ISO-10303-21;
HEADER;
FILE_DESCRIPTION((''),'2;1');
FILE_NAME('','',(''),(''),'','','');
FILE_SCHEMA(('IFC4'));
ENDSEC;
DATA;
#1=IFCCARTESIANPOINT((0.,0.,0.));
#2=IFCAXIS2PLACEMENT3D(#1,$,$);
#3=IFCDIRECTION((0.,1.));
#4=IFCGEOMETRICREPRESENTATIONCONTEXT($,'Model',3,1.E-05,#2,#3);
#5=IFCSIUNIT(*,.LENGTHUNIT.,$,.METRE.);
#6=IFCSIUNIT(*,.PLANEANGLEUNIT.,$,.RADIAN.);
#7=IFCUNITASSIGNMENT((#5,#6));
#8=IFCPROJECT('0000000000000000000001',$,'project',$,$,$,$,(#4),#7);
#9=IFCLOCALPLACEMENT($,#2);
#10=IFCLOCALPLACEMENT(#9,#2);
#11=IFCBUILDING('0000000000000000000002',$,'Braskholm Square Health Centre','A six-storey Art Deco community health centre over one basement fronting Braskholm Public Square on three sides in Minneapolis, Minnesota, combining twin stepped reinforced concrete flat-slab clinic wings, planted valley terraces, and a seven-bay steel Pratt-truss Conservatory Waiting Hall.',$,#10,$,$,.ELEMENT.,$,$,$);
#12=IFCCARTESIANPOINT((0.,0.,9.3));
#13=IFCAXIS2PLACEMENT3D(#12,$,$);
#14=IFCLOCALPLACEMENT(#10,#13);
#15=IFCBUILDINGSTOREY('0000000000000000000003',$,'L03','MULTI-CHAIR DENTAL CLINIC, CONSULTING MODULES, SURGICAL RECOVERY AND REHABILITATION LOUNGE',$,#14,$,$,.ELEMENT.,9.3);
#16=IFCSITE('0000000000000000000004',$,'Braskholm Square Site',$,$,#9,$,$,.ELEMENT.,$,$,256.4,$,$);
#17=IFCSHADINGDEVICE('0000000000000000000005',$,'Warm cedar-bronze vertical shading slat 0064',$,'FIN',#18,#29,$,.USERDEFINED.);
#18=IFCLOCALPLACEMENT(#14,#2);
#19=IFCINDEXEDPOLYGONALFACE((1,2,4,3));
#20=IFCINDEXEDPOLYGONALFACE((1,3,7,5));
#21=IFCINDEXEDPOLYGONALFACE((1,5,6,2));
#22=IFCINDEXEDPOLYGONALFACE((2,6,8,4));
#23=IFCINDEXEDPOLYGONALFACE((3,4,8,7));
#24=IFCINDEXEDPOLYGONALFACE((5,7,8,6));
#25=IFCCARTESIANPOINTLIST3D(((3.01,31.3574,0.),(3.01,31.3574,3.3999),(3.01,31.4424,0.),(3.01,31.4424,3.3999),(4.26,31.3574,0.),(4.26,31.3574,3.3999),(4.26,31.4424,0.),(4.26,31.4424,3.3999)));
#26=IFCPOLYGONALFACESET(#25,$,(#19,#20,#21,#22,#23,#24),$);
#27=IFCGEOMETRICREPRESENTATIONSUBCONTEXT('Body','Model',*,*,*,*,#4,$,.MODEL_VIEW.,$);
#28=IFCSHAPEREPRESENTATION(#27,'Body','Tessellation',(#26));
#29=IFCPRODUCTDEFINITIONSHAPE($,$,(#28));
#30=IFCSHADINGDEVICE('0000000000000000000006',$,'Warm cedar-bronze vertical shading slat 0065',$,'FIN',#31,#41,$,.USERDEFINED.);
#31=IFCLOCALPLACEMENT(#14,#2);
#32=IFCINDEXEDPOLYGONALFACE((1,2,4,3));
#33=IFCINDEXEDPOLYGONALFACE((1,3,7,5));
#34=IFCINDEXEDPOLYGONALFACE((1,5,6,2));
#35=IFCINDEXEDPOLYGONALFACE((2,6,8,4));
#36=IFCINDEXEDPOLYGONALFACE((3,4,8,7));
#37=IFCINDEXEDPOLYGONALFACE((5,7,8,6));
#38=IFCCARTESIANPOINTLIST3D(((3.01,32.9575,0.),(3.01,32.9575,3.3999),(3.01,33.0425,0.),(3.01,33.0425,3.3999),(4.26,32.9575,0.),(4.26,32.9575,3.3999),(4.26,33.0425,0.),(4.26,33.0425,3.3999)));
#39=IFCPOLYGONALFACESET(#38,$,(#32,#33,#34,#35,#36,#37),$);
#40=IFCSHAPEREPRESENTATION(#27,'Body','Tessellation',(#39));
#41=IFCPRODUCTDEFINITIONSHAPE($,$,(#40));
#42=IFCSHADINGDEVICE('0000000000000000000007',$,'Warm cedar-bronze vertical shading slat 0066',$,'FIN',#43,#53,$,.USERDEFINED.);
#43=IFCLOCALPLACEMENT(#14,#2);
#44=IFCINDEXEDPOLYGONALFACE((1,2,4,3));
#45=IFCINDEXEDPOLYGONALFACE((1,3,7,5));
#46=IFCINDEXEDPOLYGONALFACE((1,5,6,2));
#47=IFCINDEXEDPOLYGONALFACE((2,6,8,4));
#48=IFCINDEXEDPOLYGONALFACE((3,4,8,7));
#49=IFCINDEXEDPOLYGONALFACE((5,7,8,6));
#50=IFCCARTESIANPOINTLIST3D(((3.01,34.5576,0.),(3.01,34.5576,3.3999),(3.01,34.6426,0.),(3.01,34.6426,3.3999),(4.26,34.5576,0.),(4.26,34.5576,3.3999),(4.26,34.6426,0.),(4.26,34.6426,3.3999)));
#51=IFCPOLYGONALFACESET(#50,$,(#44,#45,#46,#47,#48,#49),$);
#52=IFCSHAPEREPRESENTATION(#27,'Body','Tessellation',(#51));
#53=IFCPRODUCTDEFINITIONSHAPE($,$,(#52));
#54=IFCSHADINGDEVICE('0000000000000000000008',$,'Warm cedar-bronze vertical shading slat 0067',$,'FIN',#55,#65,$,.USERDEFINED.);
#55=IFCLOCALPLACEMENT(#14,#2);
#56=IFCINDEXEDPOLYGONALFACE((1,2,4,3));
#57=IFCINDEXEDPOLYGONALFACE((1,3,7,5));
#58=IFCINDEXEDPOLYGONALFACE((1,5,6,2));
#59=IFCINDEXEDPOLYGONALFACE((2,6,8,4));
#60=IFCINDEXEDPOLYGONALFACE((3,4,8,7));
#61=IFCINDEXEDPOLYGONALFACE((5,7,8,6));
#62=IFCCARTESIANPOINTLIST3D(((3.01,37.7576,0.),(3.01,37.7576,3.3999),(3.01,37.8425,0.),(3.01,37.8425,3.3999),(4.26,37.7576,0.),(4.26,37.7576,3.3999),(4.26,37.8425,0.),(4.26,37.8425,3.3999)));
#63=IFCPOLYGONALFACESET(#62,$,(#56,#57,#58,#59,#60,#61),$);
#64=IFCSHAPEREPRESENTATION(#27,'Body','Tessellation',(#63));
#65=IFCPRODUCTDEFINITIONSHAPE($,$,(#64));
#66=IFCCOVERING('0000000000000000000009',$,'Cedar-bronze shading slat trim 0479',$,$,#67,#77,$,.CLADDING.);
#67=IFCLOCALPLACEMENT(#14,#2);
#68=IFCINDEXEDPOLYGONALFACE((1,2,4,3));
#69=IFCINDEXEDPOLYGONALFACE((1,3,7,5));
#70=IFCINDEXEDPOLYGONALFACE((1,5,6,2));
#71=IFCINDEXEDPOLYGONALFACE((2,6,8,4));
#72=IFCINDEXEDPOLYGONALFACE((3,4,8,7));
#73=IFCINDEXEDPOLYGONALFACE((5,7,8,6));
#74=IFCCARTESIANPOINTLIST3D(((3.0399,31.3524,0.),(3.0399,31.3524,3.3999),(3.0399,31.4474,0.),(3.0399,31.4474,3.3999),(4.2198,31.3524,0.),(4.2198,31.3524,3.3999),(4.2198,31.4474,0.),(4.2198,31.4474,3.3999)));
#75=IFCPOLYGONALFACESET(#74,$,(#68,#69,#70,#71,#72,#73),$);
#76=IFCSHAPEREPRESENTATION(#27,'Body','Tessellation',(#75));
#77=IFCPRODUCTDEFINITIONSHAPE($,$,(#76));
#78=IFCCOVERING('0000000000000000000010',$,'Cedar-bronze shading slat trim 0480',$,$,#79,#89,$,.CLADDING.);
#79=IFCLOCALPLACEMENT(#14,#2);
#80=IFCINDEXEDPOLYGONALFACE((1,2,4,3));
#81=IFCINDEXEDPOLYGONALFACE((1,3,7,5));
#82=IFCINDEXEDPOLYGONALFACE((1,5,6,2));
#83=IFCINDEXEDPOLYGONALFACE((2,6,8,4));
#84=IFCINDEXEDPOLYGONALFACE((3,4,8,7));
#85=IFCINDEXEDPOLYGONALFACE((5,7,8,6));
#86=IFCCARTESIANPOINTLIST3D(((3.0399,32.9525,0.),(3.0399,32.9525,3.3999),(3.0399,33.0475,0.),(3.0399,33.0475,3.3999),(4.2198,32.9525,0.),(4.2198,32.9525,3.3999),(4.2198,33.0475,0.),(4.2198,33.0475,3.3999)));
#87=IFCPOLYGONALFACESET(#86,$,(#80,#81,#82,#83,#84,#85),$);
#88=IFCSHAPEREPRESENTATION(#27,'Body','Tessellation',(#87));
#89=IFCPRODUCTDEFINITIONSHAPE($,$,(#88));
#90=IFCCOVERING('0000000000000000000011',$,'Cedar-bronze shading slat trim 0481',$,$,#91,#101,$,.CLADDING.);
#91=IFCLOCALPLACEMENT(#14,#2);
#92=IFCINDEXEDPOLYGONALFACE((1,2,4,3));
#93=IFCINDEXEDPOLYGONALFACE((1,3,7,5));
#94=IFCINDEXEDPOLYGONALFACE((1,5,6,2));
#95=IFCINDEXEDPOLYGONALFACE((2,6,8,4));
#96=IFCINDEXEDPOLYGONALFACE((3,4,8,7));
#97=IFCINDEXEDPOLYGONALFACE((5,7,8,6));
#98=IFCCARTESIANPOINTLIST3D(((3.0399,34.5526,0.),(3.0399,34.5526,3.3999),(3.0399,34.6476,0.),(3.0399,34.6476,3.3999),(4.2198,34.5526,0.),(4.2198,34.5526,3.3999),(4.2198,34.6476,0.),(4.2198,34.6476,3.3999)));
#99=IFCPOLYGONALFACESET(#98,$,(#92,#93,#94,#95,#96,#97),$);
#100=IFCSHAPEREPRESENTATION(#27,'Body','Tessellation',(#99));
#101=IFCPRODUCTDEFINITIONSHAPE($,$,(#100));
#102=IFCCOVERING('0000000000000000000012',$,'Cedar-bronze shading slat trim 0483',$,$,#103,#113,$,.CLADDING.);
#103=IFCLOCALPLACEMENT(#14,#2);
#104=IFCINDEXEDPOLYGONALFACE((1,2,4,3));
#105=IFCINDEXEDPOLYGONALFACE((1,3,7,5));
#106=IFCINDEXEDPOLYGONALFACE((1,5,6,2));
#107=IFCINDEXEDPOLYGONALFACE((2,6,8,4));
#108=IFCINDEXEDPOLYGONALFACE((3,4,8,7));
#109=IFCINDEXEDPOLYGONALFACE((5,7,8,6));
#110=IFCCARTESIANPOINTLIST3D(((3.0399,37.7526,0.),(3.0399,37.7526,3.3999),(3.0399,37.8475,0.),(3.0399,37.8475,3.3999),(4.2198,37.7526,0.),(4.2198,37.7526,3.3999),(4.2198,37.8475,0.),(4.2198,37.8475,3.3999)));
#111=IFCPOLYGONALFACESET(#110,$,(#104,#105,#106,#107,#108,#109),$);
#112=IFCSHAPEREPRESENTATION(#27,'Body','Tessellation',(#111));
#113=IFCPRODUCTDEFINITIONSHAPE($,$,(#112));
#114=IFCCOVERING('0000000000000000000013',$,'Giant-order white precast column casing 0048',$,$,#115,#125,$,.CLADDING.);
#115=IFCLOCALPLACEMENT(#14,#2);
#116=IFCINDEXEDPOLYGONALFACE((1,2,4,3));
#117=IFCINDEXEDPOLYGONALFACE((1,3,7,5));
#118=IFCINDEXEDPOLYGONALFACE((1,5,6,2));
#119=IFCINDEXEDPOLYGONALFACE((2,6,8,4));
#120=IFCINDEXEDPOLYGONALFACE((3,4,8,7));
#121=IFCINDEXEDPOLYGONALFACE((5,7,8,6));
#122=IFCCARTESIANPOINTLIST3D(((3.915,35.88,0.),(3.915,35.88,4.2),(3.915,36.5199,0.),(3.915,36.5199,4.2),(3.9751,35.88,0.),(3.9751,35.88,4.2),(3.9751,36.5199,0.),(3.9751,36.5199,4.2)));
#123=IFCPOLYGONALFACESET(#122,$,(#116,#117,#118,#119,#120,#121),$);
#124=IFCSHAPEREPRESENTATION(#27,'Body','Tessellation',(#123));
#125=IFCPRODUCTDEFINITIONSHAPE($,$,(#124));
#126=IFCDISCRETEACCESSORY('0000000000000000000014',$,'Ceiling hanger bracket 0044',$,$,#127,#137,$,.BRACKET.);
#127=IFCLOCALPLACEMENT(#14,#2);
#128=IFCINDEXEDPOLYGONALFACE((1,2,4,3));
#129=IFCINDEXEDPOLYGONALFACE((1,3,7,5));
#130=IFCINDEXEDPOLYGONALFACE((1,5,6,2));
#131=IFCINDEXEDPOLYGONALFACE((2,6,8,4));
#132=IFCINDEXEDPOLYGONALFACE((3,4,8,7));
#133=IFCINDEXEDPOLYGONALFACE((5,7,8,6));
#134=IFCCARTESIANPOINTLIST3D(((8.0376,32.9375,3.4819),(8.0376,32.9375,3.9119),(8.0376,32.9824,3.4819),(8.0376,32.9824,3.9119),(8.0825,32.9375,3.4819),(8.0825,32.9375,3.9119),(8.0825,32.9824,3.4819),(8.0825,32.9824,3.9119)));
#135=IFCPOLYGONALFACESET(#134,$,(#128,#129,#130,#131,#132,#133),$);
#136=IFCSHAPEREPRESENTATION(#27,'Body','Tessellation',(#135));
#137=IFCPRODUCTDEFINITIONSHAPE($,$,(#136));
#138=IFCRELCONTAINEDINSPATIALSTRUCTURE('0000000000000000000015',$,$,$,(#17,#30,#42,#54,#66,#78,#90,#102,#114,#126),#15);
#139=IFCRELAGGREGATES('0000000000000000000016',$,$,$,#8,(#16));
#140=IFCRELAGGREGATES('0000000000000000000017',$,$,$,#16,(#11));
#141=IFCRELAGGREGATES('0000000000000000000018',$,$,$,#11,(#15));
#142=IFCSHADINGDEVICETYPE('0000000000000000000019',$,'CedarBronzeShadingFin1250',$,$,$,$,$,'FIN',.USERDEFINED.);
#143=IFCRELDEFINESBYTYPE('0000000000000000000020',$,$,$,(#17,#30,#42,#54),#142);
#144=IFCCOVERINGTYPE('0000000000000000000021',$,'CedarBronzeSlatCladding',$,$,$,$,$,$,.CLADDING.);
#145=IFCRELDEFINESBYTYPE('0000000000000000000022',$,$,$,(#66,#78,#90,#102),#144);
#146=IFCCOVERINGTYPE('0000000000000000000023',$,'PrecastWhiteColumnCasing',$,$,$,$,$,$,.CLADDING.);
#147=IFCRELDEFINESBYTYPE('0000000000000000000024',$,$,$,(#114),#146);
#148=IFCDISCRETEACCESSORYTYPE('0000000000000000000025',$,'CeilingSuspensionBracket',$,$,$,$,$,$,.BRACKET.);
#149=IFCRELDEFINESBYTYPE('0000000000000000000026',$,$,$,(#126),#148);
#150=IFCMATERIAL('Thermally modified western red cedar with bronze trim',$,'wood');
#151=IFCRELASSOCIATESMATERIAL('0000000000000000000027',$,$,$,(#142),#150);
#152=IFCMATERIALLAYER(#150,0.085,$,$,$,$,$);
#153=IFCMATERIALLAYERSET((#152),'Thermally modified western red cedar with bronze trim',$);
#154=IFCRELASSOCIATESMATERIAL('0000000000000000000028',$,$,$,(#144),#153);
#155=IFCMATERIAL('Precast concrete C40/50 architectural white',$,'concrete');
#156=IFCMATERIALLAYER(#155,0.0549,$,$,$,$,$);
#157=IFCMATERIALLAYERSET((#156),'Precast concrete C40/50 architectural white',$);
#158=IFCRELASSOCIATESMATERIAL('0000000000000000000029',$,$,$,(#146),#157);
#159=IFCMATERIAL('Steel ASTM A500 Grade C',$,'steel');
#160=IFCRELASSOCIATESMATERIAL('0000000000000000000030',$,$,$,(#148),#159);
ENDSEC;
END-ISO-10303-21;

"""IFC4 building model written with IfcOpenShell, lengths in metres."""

from ifc_helpers import new_model, si_unit, direction, frame, origin, origin_2d, place, context, subcontext, project, spatial, rectangle, extrude, material, layer, layer_set, type_object, element, save


model = new_model("IFC4")

# Units and contexts
model_context = context("Model", 3, precision=1e-05, world=origin(), true_north=direction((0.0, 1.0)))
body_context = subcontext(model_context, "Body", "Model", "MODEL_VIEW")
ifc_project = project(units=[si_unit("LENGTHUNIT", "METRE"), si_unit("PLANEANGLEUNIT", "RADIAN")], contexts=[model_context])

# Site, building, storey
site_placement = place(None, origin())
site = spatial("IfcSite", under=ifc_project, at=site_placement, Name="Braskholm Square Site", CompositionType="ELEMENT", RefElevation=256.4)
building_placement = place(site_placement, origin())
building = spatial("IfcBuilding", under=site, at=building_placement, Name="Braskholm Square Health Centre", Description="A six-storey Art Deco community health centre over one basement fronting Braskholm Public Square on three sides in Minneapolis, Minnesota, combining twin stepped reinforced concrete flat-slab clinic wings, planted valley terraces, and a seven-bay steel Pratt-truss Conservatory Waiting Hall.", CompositionType="ELEMENT")
storey_placement = place(building_placement, frame((0.0, 0.0, 9.3)))
storey = spatial("IfcBuildingStorey", under=building, at=storey_placement, Name="L03", Description="MULTI-CHAIR DENTAL CLINIC, CONSULTING MODULES, SURGICAL RECOVERY AND REHABILITATION LOUNGE", CompositionType="ELEMENT", Elevation=9.3)

# Shared definitions
ifc_material_1 = material(Name="Precast concrete C40/50 architectural white", Category="concrete")

# Shading devices
ifc_material_2 = material(Name="Thermally modified western red cedar with bronze trim", Category="wood")
shading_device_type = type_object("IfcShadingDeviceType", Name="CedarBronzeShadingFin1250", ElementType="FIN", PredefinedType="USERDEFINED", material=ifc_material_2)
for number, where, z_axis, x_axis, name in (
    (1, (3.635, 31.3999, 0.0), (0.0, 0.0, 1.0), (1.0, 0.0, 0.0), "Warm cedar-bronze vertical shading slat 0064"),
    (2, (3.635, 33.0, 0.0), (0.0, 0.0, 1.0), (1.0, 0.0, 0.0), "Warm cedar-bronze vertical shading slat 0065"),
    (3, (3.635, 34.6001, 0.0), (0.0, 0.0, 1.0), (1.0, 0.0, 0.0), "Warm cedar-bronze vertical shading slat 0066"),
    (4, (3.635, 37.8, 0.0), (0.0, 0.0, 1.0), (1.0, 0.0, 0.0), "Warm cedar-bronze vertical shading slat 0067"),
):
    element("IfcShadingDevice", number, at=place(storey_placement, frame(where, z_axis=z_axis, x_axis=x_axis)), inside=storey, type_object=shading_device_type, Name=name, ObjectType="FIN", PredefinedType="USERDEFINED", context=body_context, shape_type="SweptSolid", body=[
        extrude(rectangle(XDim=1.25, YDim=0.085, at=origin_2d()), origin(), (0.0, 0.0, 1.0), 3.3999),
    ])

# Coverings
ifc_layer_1 = layer(ifc_material_2, 0.085)
ifc_layer_set_1 = layer_set([ifc_layer_1], Name="Thermally modified western red cedar with bronze trim")
covering_type_1 = type_object("IfcCoveringType", Name="CedarBronzeSlatCladding", PredefinedType="CLADDING", material=ifc_layer_set_1)
for number, where, z_axis, x_axis, name in (
    (5, (3.6299, 31.3999, 0.0), (0.0, 0.0, 1.0), (1.0, 0.0, 0.0), "Cedar-bronze shading slat trim 0479"),
    (6, (3.6299, 33.0, 0.0), (0.0, 0.0, 1.0), (1.0, 0.0, 0.0), "Cedar-bronze shading slat trim 0480"),
    (7, (3.6299, 34.6001, 0.0), (0.0, 0.0, 1.0), (1.0, 0.0, 0.0), "Cedar-bronze shading slat trim 0481"),
    (8, (3.6299, 37.8, 0.0), (0.0, 0.0, 1.0), (1.0, 0.0, 0.0), "Cedar-bronze shading slat trim 0483"),
):
    element("IfcCovering", number, at=place(storey_placement, frame(where, z_axis=z_axis, x_axis=x_axis)), inside=storey, type_object=covering_type_1, Name=name, PredefinedType="CLADDING", context=body_context, shape_type="SweptSolid", body=[
        extrude(rectangle(XDim=1.1799, YDim=0.095, at=origin_2d()), origin(), (0.0, 0.0, 1.0), 3.3999),
    ])
ifc_layer_2 = layer(ifc_material_1, 0.0549)
ifc_layer_set_2 = layer_set([ifc_layer_2], Name="Precast concrete C40/50 architectural white")
covering_type_2 = type_object("IfcCoveringType", Name="PrecastWhiteColumnCasing", PredefinedType="CLADDING", material=ifc_layer_set_2)
covering_placement = place(storey_placement, frame((3.9451, 36.2, 0.0), z_axis=(0.0, 0.0, 1.0), x_axis=(1.0, 0.0, 0.0)))
element("IfcCovering", 9, at=covering_placement, inside=storey, type_object=covering_type_2, Name="Giant-order white precast column casing 0048", PredefinedType="CLADDING", context=body_context, shape_type="SweptSolid", body=[
    extrude(rectangle(XDim=0.0601, YDim=0.6399, at=origin_2d()), origin(), (0.0, 0.0, 1.0), 4.2),
])

# Discrete accessory
ifc_material_3 = material(Name="Steel ASTM A500 Grade C", Category="steel")
discrete_accessory_type = type_object("IfcDiscreteAccessoryType", Name="CeilingSuspensionBracket", PredefinedType="BRACKET", material=ifc_material_3)
discrete_accessory_placement = place(storey_placement, frame((8.0601, 32.96, 3.4819), z_axis=(0.0, 0.0, 1.0), x_axis=(1.0, 0.0, 0.0)))
element("IfcDiscreteAccessory", 10, at=discrete_accessory_placement, inside=storey, type_object=discrete_accessory_type, Name="Ceiling hanger bracket 0044", PredefinedType="BRACKET", context=body_context, shape_type="SweptSolid", body=[
    extrude(rectangle(XDim=0.0449, YDim=0.0449, at=origin_2d()), origin(), (0.0, 0.0, 1.0), 0.4299),
])

save(model, "model.ifc")
